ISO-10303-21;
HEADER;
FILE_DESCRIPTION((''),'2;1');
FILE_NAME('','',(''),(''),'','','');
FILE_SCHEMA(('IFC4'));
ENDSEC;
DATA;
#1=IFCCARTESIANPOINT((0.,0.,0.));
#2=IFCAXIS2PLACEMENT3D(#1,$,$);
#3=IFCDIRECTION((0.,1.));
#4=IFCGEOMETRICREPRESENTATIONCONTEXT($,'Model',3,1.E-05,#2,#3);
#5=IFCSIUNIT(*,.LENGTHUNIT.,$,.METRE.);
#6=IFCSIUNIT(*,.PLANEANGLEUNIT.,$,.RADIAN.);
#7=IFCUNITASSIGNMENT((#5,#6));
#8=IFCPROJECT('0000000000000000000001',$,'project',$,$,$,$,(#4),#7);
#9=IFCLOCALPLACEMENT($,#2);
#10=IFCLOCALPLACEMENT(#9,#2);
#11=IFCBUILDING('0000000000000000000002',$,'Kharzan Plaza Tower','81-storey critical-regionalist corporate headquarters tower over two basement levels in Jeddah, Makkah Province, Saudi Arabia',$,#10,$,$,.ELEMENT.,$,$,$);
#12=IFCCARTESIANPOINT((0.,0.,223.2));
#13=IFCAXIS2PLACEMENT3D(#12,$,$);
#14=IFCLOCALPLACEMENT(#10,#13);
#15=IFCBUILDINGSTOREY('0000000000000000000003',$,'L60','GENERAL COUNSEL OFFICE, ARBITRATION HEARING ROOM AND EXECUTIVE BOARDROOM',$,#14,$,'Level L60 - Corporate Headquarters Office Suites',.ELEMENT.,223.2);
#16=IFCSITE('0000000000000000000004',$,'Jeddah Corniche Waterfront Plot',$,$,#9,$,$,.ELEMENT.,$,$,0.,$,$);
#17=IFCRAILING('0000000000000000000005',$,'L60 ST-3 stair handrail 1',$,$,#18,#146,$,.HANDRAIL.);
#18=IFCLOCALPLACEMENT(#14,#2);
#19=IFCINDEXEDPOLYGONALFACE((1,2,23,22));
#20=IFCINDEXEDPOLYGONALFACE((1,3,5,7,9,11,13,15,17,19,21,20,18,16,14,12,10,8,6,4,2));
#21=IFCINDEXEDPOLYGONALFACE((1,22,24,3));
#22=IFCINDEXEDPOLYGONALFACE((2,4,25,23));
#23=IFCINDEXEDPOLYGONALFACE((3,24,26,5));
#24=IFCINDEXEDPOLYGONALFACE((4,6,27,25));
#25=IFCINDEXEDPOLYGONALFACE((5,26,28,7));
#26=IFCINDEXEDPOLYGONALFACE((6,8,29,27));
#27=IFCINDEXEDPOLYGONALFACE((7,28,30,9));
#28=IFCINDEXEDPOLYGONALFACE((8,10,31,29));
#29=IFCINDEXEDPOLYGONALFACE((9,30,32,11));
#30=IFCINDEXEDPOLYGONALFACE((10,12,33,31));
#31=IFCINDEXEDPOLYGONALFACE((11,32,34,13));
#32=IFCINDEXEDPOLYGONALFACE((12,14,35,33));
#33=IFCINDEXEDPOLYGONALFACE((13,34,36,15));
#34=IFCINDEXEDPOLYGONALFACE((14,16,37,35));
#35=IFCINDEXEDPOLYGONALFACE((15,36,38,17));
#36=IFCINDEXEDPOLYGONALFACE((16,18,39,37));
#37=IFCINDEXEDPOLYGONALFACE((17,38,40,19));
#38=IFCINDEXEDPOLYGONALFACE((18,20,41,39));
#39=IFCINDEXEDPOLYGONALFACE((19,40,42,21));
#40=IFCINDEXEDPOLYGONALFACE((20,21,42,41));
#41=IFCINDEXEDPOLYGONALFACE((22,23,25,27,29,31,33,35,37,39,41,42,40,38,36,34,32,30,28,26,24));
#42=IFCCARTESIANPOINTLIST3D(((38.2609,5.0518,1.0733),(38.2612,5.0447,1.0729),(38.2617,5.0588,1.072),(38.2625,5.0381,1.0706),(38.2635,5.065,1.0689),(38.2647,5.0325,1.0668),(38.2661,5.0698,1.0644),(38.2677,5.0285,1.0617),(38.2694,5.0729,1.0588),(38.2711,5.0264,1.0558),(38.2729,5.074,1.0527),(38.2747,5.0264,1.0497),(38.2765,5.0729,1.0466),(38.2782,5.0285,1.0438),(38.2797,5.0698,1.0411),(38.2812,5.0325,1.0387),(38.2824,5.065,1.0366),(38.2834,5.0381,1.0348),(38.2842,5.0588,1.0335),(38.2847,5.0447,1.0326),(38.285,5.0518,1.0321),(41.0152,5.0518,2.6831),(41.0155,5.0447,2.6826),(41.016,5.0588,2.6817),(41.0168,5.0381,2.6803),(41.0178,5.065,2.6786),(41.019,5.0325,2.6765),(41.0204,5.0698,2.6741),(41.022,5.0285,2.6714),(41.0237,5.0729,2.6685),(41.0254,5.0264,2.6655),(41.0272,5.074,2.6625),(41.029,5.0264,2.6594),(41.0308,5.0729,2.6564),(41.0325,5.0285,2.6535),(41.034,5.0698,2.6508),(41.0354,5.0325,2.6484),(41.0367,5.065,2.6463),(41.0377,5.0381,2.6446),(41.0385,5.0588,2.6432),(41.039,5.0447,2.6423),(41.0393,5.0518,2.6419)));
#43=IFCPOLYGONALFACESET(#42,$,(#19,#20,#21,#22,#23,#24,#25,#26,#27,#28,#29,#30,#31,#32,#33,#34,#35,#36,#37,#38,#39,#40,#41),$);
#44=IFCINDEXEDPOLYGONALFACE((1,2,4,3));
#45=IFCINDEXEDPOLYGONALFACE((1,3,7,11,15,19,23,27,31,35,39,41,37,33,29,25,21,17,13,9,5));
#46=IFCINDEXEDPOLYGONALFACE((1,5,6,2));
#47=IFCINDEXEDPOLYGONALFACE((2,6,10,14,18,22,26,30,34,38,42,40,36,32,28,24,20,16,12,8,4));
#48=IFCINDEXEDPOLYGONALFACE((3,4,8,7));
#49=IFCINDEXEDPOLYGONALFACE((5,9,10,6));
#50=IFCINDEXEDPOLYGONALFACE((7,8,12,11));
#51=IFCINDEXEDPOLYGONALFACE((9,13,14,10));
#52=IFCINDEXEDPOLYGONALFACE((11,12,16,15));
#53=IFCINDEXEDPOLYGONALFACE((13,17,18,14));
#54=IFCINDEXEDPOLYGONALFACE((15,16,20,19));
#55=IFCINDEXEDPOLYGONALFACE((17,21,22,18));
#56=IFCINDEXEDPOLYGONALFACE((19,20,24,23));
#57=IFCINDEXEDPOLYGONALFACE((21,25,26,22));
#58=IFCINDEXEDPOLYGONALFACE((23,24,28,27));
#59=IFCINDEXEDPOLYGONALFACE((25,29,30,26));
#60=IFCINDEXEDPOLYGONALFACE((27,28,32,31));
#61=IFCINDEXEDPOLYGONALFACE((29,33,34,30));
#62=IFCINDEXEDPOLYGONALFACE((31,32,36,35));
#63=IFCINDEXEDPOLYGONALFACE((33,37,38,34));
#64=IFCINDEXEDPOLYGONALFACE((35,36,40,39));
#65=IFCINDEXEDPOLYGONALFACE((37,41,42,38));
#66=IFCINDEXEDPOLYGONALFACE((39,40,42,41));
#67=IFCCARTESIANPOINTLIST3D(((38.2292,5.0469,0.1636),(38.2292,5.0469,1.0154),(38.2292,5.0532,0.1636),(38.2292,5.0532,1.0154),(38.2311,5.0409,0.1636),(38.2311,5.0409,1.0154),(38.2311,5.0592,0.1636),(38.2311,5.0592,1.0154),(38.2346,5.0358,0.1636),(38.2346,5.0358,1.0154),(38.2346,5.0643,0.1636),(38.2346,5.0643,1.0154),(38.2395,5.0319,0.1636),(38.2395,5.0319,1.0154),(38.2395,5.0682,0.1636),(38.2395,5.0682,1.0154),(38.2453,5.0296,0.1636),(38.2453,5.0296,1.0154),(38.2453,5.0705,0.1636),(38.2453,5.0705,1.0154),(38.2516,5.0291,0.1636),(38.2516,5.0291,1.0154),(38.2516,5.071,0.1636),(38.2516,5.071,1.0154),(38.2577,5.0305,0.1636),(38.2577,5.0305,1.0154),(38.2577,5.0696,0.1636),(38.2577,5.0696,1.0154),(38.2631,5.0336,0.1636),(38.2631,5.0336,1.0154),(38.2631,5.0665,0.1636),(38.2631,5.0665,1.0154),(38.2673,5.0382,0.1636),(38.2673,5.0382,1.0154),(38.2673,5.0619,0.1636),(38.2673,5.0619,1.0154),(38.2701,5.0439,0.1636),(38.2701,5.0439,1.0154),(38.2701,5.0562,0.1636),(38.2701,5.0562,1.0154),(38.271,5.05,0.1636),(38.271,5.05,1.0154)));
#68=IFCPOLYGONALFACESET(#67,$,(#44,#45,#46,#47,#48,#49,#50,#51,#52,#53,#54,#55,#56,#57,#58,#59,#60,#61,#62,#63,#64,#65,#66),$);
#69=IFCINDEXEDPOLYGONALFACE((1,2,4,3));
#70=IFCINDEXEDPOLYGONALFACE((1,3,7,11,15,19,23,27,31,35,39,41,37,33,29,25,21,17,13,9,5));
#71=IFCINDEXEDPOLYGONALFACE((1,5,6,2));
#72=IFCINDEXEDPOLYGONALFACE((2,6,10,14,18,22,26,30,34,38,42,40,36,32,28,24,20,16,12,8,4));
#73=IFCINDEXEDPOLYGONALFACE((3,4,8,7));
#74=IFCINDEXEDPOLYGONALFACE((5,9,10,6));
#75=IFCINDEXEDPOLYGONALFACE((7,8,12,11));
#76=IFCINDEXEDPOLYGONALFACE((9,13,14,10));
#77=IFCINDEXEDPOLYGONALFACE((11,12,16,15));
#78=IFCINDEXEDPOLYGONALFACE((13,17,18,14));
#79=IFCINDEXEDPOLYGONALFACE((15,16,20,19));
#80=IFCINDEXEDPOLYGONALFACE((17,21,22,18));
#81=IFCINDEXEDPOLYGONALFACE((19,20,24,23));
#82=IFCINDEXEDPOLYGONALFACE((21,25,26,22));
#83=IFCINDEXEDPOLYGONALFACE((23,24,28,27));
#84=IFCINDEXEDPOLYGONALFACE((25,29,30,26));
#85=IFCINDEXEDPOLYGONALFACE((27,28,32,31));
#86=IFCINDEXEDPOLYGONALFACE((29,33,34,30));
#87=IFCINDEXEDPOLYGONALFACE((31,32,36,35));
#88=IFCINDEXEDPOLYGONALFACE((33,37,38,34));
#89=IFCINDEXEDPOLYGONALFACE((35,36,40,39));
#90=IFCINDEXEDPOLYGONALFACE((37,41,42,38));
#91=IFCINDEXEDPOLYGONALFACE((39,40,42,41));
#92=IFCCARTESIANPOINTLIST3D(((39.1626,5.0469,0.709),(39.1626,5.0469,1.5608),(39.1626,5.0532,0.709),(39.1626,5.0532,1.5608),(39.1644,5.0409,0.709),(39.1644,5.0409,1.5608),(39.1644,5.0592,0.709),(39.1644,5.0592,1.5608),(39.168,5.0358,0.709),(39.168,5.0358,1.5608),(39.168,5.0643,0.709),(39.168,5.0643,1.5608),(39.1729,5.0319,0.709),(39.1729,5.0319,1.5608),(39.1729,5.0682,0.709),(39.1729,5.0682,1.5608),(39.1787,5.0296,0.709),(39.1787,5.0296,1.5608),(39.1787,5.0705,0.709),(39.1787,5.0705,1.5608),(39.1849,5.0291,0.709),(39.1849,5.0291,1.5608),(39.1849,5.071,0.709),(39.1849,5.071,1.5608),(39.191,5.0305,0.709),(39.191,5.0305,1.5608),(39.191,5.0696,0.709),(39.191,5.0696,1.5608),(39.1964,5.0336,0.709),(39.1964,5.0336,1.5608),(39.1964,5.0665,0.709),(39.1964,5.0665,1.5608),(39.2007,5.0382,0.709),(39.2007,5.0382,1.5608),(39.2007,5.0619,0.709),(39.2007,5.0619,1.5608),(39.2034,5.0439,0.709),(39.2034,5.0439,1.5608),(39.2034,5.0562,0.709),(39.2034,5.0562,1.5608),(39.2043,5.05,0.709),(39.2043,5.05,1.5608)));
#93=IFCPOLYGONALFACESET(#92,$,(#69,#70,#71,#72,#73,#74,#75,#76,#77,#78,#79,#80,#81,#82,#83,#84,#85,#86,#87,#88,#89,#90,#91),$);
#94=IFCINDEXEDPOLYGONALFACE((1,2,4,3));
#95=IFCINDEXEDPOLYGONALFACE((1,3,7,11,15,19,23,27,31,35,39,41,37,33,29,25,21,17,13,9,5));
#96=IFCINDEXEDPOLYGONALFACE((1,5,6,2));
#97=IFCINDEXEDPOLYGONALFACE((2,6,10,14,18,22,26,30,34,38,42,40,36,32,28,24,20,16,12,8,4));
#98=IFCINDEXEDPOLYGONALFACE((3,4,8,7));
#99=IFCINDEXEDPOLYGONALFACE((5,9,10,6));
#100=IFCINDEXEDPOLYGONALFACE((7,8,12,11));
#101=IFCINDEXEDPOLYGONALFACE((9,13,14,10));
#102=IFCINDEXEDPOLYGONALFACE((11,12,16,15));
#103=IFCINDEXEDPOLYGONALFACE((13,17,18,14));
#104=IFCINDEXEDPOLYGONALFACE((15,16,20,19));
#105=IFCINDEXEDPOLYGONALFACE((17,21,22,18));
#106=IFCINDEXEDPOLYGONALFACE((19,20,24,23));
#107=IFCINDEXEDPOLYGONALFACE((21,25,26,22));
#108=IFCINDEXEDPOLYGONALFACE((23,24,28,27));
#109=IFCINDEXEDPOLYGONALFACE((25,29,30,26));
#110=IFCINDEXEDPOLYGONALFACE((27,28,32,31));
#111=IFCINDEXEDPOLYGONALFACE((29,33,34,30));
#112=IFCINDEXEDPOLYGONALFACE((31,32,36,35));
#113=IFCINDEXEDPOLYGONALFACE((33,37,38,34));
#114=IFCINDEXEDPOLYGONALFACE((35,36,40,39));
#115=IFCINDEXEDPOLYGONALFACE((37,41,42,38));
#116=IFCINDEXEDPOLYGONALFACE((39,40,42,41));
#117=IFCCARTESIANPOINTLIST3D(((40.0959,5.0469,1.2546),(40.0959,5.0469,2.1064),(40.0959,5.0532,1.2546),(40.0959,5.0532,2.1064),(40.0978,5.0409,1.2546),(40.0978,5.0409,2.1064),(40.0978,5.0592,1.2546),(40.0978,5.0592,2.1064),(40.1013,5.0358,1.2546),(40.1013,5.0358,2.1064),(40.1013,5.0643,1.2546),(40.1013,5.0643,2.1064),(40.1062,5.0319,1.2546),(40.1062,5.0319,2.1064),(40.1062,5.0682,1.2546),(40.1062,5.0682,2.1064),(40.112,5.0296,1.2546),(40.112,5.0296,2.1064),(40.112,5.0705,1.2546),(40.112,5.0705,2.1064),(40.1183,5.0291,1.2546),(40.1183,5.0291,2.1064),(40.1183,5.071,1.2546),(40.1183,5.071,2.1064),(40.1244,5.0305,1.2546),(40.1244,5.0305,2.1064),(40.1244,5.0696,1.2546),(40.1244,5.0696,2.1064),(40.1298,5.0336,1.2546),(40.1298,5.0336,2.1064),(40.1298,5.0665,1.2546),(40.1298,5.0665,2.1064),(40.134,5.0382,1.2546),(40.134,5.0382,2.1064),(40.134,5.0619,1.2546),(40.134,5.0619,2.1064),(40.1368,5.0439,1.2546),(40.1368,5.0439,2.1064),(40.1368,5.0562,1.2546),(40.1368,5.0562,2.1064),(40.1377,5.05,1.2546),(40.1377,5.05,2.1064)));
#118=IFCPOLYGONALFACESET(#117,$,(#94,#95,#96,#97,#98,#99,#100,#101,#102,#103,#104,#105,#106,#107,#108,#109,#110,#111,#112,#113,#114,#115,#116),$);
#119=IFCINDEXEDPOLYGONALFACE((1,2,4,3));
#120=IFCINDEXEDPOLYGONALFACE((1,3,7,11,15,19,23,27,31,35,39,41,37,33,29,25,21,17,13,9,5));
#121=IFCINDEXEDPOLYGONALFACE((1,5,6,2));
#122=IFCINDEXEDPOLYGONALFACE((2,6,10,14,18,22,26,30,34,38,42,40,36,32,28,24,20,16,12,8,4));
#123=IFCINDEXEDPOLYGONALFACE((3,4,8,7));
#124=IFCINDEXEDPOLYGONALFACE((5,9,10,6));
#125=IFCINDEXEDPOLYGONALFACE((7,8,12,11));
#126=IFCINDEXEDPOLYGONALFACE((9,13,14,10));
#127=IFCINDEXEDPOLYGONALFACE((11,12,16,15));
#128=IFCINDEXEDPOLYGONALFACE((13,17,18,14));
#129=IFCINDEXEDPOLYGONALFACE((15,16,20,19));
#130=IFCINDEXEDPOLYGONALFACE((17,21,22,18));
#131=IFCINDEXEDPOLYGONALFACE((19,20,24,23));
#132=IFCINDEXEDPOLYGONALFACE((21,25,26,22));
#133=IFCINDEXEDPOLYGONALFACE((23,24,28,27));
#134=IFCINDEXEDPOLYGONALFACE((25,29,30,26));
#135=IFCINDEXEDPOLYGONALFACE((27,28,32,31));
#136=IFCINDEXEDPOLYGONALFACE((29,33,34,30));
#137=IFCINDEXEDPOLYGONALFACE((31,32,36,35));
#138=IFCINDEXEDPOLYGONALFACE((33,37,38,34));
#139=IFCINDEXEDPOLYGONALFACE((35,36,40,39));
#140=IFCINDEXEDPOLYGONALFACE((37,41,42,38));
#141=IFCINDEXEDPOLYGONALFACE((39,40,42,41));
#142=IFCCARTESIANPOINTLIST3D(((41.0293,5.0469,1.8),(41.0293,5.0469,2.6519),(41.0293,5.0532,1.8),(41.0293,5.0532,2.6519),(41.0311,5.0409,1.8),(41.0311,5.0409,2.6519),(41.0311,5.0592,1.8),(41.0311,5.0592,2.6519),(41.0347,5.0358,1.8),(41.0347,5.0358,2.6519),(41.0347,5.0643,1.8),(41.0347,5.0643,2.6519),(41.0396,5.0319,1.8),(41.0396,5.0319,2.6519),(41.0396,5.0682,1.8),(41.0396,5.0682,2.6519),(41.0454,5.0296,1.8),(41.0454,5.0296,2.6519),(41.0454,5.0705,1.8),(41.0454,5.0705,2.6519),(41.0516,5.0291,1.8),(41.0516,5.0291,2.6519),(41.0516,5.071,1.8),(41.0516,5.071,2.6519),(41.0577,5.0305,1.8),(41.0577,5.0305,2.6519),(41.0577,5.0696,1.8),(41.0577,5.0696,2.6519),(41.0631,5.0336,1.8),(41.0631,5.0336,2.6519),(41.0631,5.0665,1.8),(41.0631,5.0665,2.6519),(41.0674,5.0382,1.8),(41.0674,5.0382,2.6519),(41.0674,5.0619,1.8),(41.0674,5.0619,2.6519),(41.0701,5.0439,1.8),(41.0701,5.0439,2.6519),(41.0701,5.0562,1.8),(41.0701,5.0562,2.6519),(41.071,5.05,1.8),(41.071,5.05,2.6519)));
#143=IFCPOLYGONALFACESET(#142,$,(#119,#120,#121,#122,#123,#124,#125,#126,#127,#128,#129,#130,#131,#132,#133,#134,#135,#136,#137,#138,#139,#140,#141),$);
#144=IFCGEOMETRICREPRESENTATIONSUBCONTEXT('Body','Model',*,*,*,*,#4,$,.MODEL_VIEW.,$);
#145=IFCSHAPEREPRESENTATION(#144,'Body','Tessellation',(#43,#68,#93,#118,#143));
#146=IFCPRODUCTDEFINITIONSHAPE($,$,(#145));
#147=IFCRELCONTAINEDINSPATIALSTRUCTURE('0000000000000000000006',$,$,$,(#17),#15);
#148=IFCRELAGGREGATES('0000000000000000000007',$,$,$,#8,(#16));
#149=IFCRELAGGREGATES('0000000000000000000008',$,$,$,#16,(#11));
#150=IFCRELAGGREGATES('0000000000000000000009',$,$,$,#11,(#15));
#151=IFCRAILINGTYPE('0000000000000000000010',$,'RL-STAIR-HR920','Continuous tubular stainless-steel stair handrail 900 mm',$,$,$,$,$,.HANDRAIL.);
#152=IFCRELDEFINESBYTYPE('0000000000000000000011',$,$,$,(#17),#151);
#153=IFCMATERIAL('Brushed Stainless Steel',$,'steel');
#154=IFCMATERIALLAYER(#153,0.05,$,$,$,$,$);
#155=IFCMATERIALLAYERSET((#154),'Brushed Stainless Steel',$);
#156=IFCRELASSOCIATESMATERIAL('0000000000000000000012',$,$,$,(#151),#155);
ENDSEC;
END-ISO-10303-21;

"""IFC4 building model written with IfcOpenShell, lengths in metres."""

from ifc_helpers import new_model, si_unit, direction, frame, origin, origin_2d, place, context, subcontext, project, spatial, circle, extrude, source, transform, mapped, material, layer, layer_set, type_object, element, save


model = new_model("IFC4")

# Units and contexts
model_context = context("Model", 3, precision=1e-05, world=origin(), true_north=direction((0.0, 1.0)))
body_context = subcontext(model_context, "Body", "Model", "MODEL_VIEW")
ifc_project = project(units=[si_unit("LENGTHUNIT", "METRE"), si_unit("PLANEANGLEUNIT", "RADIAN")], contexts=[model_context])

# Site, building, storey
site_placement = place(None, origin())
site = spatial("IfcSite", under=ifc_project, at=site_placement, Name="Jeddah Corniche Waterfront Plot", CompositionType="ELEMENT", RefElevation=0.0)
building_placement = place(site_placement, origin())
building = spatial("IfcBuilding", under=site, at=building_placement, Name="Kharzan Plaza Tower", Description="81-storey critical-regionalist corporate headquarters tower over two basement levels in Jeddah, Makkah Province, Saudi Arabia", CompositionType="ELEMENT")
storey_placement = place(building_placement, frame((0.0, 0.0, 223.2)))
storey = spatial("IfcBuildingStorey", under=building, at=storey_placement, Name="L60", Description="GENERAL COUNSEL OFFICE, ARBITRATION HEARING ROOM AND EXECUTIVE BOARDROOM", LongName="Level L60 - Corporate Headquarters Office Suites", CompositionType="ELEMENT", Elevation=223.2)

# Railing
ifc_material_1 = material(Name="Brushed Stainless Steel", Category="steel")
ifc_layer_1 = layer(ifc_material_1, 0.05)
ifc_layer_set_1 = layer_set([ifc_layer_1], Name="Brushed Stainless Steel")
railing_type_1 = type_object("IfcRailingType", Name="RL-STAIR-HR920", Description="Continuous tubular stainless-steel stair handrail 900 mm", PredefinedType="HANDRAIL", material=ifc_layer_set_1)
shared_shape_1 = source(origin(), body_context, "Body", "SweptSolid", [
    extrude(circle(Radius=0.0239, at=origin_2d()), frame((0.0229, 0.0, 0.8892), z_axis=(0.863361, 0.0, 0.504587), x_axis=(0.0, 1.0, 0.0)), (0.0, 0.0, 1.0), 3.1902),
    extrude(circle(Radius=0.021, at=origin_2d()), origin(), (0.0, 0.0, 1.0), 0.8518),
    extrude(circle(Radius=0.021, at=origin_2d()), frame((0.9333, 0.0, 0.5454)), (0.0, 0.0, 1.0), 0.8518),
    extrude(circle(Radius=0.021, at=origin_2d()), frame((1.8667, 0.0, 1.0911)), (0.0, 0.0, 1.0), 0.8518),
    extrude(circle(Radius=0.021, at=origin_2d()), frame((2.8, 0.0, 1.6365)), (0.0, 0.0, 1.0), 0.8518),
])
railing_1_placement = place(storey_placement, frame((38.25, 5.05, 0.1636)))
element("IfcRailing", 1, at=railing_1_placement, inside=storey, type_object=railing_type_1, Name="L60 ST-3 stair handrail 1", PredefinedType="HANDRAIL", context=body_context, shape_type="MappedRepresentation", body=[
    mapped(shared_shape_1, transform((0.0, 0.0, 0.0), x_axis=(1.0, 0.0, 0.0), y_axis=(0.0, 1.0, 0.0), z_axis=(0.0, 0.0, 1.0))),
])

save(model, "model.ifc")
